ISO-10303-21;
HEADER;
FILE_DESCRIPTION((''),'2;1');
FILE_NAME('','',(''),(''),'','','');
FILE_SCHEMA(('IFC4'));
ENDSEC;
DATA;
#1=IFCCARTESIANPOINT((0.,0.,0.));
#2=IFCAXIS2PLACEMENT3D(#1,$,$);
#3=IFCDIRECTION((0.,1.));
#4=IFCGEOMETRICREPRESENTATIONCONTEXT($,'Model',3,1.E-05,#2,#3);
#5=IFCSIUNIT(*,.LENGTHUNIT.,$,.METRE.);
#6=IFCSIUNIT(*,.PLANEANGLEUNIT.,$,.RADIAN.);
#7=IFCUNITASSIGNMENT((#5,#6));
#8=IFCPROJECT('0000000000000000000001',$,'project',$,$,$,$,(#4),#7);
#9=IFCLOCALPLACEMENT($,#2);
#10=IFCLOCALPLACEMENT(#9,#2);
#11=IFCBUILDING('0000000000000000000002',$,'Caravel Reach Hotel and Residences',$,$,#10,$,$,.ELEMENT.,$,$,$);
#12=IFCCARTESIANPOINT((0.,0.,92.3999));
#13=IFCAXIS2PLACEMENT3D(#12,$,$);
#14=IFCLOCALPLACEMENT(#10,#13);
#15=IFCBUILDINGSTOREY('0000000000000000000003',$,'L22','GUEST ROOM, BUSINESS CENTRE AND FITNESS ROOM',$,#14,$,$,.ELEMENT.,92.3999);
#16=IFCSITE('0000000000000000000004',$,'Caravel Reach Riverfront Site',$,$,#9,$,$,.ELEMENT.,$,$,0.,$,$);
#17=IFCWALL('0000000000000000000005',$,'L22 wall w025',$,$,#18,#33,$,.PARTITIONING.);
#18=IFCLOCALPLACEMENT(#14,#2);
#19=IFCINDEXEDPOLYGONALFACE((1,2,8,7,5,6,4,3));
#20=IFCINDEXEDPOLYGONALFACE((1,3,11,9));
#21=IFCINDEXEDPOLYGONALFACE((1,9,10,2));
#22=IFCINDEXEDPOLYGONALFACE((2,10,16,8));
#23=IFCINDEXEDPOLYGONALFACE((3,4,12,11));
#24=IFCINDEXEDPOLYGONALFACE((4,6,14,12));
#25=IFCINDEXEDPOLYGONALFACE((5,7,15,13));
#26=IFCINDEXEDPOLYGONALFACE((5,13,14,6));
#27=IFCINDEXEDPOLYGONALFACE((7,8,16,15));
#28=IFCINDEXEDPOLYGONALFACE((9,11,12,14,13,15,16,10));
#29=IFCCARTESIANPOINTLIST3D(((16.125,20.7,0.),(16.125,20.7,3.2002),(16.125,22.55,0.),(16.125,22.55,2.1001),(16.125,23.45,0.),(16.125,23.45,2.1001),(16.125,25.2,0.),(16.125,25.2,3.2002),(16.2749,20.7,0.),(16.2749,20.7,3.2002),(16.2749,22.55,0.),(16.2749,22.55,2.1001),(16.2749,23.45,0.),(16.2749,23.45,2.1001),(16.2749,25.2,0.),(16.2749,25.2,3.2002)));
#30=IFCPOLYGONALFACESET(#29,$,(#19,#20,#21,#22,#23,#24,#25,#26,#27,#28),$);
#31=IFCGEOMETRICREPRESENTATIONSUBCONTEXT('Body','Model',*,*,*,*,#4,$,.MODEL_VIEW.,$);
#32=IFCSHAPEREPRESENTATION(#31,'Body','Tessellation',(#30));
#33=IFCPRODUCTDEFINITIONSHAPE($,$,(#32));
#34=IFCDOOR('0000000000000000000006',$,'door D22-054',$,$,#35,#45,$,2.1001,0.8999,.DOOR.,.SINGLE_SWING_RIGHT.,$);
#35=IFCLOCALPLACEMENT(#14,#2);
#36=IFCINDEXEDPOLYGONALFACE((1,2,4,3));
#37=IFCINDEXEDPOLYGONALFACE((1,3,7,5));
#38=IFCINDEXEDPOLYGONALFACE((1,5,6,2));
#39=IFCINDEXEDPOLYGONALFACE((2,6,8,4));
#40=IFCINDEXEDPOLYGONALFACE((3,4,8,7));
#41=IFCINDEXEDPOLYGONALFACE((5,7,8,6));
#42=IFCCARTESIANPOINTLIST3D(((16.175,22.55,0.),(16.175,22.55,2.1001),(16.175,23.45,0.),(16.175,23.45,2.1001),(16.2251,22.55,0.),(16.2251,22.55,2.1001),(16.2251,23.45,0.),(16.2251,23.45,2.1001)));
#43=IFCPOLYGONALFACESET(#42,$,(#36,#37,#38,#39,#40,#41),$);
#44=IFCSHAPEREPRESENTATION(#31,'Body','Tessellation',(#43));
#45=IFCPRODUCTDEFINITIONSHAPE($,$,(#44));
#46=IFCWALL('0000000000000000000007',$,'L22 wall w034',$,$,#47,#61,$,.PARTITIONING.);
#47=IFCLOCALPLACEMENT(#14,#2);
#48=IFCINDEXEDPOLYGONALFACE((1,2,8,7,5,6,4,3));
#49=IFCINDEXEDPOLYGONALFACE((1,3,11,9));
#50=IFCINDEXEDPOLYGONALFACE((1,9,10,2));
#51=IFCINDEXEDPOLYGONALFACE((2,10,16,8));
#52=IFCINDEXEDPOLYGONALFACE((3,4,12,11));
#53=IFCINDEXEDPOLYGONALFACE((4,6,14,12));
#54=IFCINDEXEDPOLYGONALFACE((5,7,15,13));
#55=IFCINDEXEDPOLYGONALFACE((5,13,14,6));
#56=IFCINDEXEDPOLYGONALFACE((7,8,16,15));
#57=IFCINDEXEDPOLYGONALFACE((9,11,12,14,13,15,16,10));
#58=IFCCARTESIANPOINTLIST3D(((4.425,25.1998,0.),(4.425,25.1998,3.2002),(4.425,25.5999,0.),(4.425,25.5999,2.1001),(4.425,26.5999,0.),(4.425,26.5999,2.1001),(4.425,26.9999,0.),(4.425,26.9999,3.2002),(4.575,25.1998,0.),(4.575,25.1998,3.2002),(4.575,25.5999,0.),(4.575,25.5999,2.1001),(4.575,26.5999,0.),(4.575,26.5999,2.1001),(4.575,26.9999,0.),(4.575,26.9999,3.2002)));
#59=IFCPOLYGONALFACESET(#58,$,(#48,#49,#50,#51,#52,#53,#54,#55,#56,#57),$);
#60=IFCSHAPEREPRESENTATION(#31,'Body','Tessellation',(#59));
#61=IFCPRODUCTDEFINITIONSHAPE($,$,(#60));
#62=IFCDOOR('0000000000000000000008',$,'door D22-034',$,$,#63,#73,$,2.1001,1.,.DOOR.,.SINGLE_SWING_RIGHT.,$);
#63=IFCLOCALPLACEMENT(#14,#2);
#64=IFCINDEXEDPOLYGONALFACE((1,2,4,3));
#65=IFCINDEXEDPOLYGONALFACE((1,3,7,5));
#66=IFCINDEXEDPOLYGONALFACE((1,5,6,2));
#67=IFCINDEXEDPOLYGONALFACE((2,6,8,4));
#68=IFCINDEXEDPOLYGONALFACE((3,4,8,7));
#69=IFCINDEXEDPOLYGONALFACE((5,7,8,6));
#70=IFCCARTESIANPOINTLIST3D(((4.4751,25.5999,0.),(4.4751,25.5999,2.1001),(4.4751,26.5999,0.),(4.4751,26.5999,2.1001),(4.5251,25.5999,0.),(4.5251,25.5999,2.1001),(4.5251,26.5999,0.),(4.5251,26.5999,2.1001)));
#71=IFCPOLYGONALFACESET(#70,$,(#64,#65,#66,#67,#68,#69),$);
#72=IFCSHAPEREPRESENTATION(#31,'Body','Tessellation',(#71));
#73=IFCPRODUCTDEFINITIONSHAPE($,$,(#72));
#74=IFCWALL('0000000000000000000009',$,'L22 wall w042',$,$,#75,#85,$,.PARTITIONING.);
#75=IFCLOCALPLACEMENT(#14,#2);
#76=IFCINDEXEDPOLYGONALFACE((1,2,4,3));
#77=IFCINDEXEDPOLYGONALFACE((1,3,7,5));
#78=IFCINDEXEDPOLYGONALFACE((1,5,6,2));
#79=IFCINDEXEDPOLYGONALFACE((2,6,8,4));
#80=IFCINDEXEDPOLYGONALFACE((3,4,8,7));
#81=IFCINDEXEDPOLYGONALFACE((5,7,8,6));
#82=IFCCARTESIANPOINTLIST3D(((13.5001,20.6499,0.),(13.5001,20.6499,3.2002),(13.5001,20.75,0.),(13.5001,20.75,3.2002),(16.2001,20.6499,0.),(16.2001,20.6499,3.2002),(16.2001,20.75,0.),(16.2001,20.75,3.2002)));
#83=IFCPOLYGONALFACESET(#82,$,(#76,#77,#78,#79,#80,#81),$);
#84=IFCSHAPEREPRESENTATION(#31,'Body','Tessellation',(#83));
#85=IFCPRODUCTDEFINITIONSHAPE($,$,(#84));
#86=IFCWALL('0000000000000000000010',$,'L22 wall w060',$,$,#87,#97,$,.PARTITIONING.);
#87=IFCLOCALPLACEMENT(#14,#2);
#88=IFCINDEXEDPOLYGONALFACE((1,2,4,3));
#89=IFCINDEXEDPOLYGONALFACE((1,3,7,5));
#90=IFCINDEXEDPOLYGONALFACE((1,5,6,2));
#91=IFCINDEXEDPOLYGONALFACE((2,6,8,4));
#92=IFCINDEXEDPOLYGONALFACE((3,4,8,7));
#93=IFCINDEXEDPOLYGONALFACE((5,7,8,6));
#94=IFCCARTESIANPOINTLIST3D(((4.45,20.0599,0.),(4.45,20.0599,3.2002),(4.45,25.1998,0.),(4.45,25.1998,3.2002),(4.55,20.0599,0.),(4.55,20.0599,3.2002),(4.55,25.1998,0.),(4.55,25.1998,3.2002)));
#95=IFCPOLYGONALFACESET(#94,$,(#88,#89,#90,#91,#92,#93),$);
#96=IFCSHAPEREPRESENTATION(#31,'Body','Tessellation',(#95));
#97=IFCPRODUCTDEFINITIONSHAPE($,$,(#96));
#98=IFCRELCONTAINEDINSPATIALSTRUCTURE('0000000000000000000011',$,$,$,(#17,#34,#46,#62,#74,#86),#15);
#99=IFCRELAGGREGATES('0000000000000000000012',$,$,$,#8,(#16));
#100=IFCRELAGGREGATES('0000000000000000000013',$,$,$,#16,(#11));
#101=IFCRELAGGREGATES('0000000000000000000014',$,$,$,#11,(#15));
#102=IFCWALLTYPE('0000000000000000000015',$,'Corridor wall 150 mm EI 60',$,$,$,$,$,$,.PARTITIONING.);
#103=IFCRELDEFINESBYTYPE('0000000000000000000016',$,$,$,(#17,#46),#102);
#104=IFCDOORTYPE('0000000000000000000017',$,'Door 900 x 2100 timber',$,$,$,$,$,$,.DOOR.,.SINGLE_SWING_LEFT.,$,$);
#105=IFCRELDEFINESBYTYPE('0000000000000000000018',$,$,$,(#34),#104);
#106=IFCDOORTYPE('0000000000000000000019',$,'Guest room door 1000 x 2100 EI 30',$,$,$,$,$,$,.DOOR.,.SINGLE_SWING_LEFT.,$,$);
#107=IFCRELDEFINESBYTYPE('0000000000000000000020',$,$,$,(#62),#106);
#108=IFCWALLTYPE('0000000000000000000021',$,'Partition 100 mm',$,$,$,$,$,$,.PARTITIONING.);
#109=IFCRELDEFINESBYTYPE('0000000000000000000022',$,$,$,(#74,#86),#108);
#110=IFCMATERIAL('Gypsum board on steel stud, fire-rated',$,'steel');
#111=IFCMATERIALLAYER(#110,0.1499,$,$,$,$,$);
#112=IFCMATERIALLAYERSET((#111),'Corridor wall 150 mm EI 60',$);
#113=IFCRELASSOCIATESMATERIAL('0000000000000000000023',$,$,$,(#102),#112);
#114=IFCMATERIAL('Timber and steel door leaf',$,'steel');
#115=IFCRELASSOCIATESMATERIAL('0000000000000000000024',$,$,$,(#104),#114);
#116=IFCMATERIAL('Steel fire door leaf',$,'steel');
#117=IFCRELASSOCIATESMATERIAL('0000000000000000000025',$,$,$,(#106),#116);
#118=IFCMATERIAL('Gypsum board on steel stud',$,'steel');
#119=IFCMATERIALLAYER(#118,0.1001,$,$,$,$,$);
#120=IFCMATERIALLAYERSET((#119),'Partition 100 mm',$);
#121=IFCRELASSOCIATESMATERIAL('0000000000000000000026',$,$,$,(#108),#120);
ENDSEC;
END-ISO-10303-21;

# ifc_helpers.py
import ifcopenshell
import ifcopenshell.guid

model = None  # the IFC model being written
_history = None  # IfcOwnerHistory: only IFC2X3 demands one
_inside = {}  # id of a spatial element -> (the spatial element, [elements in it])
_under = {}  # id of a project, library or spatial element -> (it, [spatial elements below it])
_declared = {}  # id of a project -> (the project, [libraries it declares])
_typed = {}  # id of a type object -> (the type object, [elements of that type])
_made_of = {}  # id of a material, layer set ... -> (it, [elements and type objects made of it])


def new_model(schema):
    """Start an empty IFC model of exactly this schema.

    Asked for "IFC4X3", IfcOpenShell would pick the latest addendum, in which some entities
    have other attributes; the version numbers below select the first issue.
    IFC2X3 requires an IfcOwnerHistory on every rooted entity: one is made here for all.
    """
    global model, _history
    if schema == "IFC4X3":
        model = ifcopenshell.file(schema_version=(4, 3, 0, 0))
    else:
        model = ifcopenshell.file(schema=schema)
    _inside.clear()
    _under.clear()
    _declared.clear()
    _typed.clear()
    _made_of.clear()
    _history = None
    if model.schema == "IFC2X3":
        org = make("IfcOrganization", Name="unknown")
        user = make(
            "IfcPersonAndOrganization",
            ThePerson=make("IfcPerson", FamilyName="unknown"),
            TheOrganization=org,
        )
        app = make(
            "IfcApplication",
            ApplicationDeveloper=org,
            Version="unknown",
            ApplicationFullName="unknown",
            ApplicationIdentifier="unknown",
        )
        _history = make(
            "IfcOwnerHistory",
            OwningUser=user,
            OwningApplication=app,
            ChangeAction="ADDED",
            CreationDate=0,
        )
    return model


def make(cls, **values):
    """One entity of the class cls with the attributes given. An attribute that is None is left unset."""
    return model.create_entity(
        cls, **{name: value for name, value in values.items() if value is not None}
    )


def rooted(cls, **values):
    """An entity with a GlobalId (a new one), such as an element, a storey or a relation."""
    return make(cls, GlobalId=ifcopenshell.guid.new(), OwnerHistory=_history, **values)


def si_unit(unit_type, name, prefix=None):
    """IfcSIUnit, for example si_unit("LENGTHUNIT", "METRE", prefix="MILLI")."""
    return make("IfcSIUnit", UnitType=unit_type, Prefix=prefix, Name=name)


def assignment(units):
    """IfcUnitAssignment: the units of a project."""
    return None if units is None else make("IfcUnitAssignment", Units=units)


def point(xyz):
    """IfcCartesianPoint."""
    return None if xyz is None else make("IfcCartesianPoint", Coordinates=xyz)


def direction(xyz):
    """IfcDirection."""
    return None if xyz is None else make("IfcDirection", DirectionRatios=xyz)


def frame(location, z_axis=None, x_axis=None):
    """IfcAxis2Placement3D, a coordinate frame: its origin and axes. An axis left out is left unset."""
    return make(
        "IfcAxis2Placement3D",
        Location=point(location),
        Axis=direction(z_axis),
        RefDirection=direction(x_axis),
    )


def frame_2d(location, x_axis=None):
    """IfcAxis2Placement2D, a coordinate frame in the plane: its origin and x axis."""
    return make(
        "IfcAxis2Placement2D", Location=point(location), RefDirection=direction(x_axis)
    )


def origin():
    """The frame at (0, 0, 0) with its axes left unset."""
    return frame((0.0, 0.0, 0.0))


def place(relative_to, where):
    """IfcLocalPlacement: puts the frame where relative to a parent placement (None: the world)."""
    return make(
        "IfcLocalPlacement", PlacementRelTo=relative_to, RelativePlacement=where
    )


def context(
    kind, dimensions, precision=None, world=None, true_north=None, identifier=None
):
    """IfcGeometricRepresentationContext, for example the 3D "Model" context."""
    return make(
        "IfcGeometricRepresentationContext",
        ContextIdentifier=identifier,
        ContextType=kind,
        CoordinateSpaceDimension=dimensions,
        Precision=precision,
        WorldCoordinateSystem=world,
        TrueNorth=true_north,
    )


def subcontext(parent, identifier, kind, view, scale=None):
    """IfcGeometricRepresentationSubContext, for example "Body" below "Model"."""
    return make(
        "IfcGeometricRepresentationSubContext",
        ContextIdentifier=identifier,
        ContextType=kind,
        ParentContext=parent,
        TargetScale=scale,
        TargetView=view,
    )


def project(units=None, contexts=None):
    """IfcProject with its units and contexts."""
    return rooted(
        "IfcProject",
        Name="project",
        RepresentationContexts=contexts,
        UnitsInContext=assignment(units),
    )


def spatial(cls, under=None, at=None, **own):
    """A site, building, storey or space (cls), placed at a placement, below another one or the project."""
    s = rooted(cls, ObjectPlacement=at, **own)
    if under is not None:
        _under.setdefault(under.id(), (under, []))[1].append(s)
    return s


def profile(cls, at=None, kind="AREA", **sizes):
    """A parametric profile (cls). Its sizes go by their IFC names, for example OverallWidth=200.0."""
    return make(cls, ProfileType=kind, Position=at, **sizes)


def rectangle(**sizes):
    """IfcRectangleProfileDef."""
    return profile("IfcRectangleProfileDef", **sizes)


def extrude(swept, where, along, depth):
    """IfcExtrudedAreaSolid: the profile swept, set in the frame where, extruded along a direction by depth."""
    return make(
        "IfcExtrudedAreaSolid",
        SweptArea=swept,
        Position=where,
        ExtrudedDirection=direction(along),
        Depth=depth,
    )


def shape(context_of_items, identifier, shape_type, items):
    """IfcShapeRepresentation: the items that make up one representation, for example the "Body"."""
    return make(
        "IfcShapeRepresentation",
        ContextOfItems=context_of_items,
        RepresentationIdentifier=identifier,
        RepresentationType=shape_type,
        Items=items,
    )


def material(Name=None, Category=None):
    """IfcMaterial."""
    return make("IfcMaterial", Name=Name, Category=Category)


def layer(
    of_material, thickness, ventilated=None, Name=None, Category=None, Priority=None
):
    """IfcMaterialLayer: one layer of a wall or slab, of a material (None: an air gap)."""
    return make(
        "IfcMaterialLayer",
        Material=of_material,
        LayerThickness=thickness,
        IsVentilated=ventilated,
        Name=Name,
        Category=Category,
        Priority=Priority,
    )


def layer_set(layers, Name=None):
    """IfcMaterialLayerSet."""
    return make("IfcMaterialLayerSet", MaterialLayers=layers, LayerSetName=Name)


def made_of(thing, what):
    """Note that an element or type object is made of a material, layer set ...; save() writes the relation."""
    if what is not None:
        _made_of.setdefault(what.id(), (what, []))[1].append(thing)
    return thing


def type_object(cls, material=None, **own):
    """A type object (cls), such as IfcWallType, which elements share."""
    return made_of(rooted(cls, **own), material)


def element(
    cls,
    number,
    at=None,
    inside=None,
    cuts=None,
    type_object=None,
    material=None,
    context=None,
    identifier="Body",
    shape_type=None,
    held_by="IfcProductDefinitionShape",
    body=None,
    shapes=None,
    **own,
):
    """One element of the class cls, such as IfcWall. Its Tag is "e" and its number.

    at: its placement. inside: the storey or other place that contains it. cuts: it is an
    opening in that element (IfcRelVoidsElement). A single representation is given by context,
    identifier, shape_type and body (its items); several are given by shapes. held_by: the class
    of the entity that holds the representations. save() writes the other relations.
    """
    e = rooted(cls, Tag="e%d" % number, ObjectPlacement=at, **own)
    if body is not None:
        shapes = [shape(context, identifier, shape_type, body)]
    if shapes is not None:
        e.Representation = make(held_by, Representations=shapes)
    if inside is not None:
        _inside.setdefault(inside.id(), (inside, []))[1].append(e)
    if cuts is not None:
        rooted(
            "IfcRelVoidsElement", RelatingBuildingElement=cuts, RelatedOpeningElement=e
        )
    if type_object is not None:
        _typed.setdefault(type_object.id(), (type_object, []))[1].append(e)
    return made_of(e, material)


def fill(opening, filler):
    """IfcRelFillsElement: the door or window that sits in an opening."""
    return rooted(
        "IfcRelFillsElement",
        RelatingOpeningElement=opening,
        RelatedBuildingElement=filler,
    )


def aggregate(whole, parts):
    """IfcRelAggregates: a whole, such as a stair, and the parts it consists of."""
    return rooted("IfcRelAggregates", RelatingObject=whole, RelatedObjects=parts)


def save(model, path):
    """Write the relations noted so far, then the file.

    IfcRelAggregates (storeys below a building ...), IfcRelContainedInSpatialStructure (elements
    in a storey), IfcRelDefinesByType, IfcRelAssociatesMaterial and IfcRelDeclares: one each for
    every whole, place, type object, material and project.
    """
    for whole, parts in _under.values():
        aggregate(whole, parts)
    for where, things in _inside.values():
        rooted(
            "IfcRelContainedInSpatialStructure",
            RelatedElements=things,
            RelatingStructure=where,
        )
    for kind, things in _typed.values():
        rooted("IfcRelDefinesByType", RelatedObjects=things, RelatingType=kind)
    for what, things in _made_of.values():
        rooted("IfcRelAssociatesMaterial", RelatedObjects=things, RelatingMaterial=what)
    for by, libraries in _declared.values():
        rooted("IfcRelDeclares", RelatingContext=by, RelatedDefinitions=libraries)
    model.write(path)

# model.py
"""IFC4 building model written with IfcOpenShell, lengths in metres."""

from ifc_helpers import new_model, si_unit, direction, frame, frame_2d, origin, place, context, subcontext, project, spatial, rectangle, extrude, material, layer, layer_set, type_object, element, fill, save


model = new_model("IFC4")

# Units and contexts
model_context = context("Model", 3, precision=1e-05, world=origin(), true_north=direction((0.0, 1.0)))
body_context = subcontext(model_context, "Body", "Model", "MODEL_VIEW")
ifc_project = project(units=[si_unit("LENGTHUNIT", "METRE"), si_unit("PLANEANGLEUNIT", "RADIAN")], contexts=[model_context])

# Site, building, storey
site_placement = place(None, origin())
site = spatial("IfcSite", under=ifc_project, at=site_placement, Name="Caravel Reach Riverfront Site", CompositionType="ELEMENT", RefElevation=0.0)
building_placement = place(site_placement, origin())
building = spatial("IfcBuilding", under=site, at=building_placement, Name="Caravel Reach Hotel and Residences", CompositionType="ELEMENT")
storey_placement = place(building_placement, frame((0.0, 0.0, 92.3999)))
storey = spatial("IfcBuildingStorey", under=building, at=storey_placement, Name="L22", Description="GUEST ROOM, BUSINESS CENTRE AND FITNESS ROOM", CompositionType="ELEMENT", Elevation=92.3999)

# Shared definitions
ifc_material_1 = material(Name="Gypsum board on steel stud, fire-rated", Category="steel")
ifc_layer_1 = layer(ifc_material_1, 0.1499)
ifc_layer_set_1 = layer_set([ifc_layer_1], Name="Corridor wall 150 mm EI 60")
wall_type_1 = type_object("IfcWallType", Name="Corridor wall 150 mm EI 60", PredefinedType="PARTITIONING", material=ifc_layer_set_1)
ifc_material_2 = material(Name="Timber and steel door leaf", Category="steel")
door_type_1 = type_object("IfcDoorType", Name="Door 900 x 2100 timber", OperationType="SINGLE_SWING_LEFT", PredefinedType="DOOR", material=ifc_material_2)
ifc_material_3 = material(Name="Steel fire door leaf", Category="steel")
door_type_2 = type_object("IfcDoorType", Name="Guest room door 1000 x 2100 EI 30", OperationType="SINGLE_SWING_LEFT", PredefinedType="DOOR", material=ifc_material_3)

# Walls, openings, doors
wall_1_placement = place(storey_placement, frame((16.2, 20.7, 0.0), z_axis=(0.0, 0.0, 1.0), x_axis=(0.0, 1.0, 0.0)))
wall_1 = element("IfcWall", 1, at=wall_1_placement, inside=storey, type_object=wall_type_1, Name="L22 wall w025", PredefinedType="PARTITIONING", context=body_context, shape_type="SweptSolid", body=[
    extrude(rectangle(XDim=4.5, YDim=0.1499, at=frame_2d((2.25, 0.0))), origin(), (0.0, 0.0, 1.0), 3.2002),
])
opening_1_placement = place(wall_1_placement, frame((1.8501, 0.0, 0.0)))
opening_1 = element("IfcOpeningElement", 2, at=opening_1_placement, cuts=wall_1, PredefinedType="OPENING", context=body_context, shape_type="SweptSolid", body=[
    extrude(rectangle(XDim=0.8999, YDim=2.1001, at=frame_2d((0.45, 1.05))), frame((0.0, 0.085, 0.0), z_axis=(0.0, -1.0, 0.0), x_axis=(1.0, 0.0, 0.0)), (0.0, 0.0, 1.0), 0.1699),
])
door_1_placement = place(opening_1_placement, origin())
door_1 = element("IfcDoor", 3, at=door_1_placement, inside=storey, type_object=door_type_1, Name="door D22-054", OperationType="SINGLE_SWING_RIGHT", OverallHeight=2.1001, OverallWidth=0.8999, PredefinedType="DOOR", context=body_context, shape_type="SweptSolid", body=[
    extrude(rectangle(XDim=0.8999, YDim=2.1001, at=frame_2d((0.45, 1.05))), frame((0.0, 0.0249, 0.0), z_axis=(0.0, -1.0, 0.0), x_axis=(1.0, 0.0, 0.0)), (0.0, 0.0, 1.0), 0.05),
])
fill(opening_1, door_1)
wall_2_placement = place(storey_placement, frame((4.5, 25.2, 0.0), z_axis=(0.0, 0.0, 1.0), x_axis=(0.0, 1.0, 0.0)))
wall_2 = element("IfcWall", 4, at=wall_2_placement, inside=storey, type_object=wall_type_1, Name="L22 wall w034", PredefinedType="PARTITIONING", context=body_context, shape_type="SweptSolid", body=[
    extrude(rectangle(XDim=1.8, YDim=0.1499, at=frame_2d((0.8999, 0.0))), origin(), (0.0, 0.0, 1.0), 3.2002),
])
opening_2_placement = place(wall_2_placement, frame((0.3999, 0.0, 0.0)))
opening_2 = element("IfcOpeningElement", 5, at=opening_2_placement, cuts=wall_2, PredefinedType="OPENING", context=body_context, shape_type="SweptSolid", body=[
    extrude(rectangle(XDim=1.0, YDim=2.1001, at=frame_2d((0.5, 1.05))), frame((0.0, 0.085, 0.0), z_axis=(0.0, -1.0, 0.0), x_axis=(1.0, 0.0, 0.0)), (0.0, 0.0, 1.0), 0.1699),
])
door_2_placement = place(opening_2_placement, origin())
door_2 = element("IfcDoor", 6, at=door_2_placement, inside=storey, type_object=door_type_2, Name="door D22-034", OperationType="SINGLE_SWING_RIGHT", OverallHeight=2.1001, OverallWidth=1.0, PredefinedType="DOOR", context=body_context, shape_type="SweptSolid", body=[
    extrude(rectangle(XDim=1.0, YDim=2.1001, at=frame_2d((0.5, 1.05))), frame((0.0, 0.0249, 0.0), z_axis=(0.0, -1.0, 0.0), x_axis=(1.0, 0.0, 0.0)), (0.0, 0.0, 1.0), 0.05),
])
fill(opening_2, door_2)

# Walls
ifc_material_4 = material(Name="Gypsum board on steel stud", Category="steel")
ifc_layer_2 = layer(ifc_material_4, 0.1001)
ifc_layer_set_2 = layer_set([ifc_layer_2], Name="Partition 100 mm")
wall_type_2 = type_object("IfcWallType", Name="Partition 100 mm", PredefinedType="PARTITIONING", material=ifc_layer_set_2)
wall_3_placement = place(storey_placement, frame((13.5, 20.7, 0.0), z_axis=(0.0, 0.0, 1.0), x_axis=(1.0, 0.0, 0.0)))
element("IfcWall", 7, at=wall_3_placement, inside=storey, type_object=wall_type_2, Name="L22 wall w042", PredefinedType="PARTITIONING", context=body_context, shape_type="SweptSolid", body=[
    extrude(rectangle(XDim=2.7, YDim=0.1001, at=frame_2d((1.3501, 0.0))), origin(), (0.0, 0.0, 1.0), 3.2002),
])
wall_4_placement = place(storey_placement, frame((4.5, 20.0601, 0.0), z_axis=(0.0, 0.0, 1.0), x_axis=(0.0, 1.0, 0.0)))
element("IfcWall", 8, at=wall_4_placement, inside=storey, type_object=wall_type_2, Name="L22 wall w060", PredefinedType="PARTITIONING", context=body_context, shape_type="SweptSolid", body=[
    extrude(rectangle(XDim=5.1399, YDim=0.1001, at=frame_2d((2.5698, 0.0))), origin(), (0.0, 0.0, 1.0), 3.2002),
])

save(model, "model.ifc")
